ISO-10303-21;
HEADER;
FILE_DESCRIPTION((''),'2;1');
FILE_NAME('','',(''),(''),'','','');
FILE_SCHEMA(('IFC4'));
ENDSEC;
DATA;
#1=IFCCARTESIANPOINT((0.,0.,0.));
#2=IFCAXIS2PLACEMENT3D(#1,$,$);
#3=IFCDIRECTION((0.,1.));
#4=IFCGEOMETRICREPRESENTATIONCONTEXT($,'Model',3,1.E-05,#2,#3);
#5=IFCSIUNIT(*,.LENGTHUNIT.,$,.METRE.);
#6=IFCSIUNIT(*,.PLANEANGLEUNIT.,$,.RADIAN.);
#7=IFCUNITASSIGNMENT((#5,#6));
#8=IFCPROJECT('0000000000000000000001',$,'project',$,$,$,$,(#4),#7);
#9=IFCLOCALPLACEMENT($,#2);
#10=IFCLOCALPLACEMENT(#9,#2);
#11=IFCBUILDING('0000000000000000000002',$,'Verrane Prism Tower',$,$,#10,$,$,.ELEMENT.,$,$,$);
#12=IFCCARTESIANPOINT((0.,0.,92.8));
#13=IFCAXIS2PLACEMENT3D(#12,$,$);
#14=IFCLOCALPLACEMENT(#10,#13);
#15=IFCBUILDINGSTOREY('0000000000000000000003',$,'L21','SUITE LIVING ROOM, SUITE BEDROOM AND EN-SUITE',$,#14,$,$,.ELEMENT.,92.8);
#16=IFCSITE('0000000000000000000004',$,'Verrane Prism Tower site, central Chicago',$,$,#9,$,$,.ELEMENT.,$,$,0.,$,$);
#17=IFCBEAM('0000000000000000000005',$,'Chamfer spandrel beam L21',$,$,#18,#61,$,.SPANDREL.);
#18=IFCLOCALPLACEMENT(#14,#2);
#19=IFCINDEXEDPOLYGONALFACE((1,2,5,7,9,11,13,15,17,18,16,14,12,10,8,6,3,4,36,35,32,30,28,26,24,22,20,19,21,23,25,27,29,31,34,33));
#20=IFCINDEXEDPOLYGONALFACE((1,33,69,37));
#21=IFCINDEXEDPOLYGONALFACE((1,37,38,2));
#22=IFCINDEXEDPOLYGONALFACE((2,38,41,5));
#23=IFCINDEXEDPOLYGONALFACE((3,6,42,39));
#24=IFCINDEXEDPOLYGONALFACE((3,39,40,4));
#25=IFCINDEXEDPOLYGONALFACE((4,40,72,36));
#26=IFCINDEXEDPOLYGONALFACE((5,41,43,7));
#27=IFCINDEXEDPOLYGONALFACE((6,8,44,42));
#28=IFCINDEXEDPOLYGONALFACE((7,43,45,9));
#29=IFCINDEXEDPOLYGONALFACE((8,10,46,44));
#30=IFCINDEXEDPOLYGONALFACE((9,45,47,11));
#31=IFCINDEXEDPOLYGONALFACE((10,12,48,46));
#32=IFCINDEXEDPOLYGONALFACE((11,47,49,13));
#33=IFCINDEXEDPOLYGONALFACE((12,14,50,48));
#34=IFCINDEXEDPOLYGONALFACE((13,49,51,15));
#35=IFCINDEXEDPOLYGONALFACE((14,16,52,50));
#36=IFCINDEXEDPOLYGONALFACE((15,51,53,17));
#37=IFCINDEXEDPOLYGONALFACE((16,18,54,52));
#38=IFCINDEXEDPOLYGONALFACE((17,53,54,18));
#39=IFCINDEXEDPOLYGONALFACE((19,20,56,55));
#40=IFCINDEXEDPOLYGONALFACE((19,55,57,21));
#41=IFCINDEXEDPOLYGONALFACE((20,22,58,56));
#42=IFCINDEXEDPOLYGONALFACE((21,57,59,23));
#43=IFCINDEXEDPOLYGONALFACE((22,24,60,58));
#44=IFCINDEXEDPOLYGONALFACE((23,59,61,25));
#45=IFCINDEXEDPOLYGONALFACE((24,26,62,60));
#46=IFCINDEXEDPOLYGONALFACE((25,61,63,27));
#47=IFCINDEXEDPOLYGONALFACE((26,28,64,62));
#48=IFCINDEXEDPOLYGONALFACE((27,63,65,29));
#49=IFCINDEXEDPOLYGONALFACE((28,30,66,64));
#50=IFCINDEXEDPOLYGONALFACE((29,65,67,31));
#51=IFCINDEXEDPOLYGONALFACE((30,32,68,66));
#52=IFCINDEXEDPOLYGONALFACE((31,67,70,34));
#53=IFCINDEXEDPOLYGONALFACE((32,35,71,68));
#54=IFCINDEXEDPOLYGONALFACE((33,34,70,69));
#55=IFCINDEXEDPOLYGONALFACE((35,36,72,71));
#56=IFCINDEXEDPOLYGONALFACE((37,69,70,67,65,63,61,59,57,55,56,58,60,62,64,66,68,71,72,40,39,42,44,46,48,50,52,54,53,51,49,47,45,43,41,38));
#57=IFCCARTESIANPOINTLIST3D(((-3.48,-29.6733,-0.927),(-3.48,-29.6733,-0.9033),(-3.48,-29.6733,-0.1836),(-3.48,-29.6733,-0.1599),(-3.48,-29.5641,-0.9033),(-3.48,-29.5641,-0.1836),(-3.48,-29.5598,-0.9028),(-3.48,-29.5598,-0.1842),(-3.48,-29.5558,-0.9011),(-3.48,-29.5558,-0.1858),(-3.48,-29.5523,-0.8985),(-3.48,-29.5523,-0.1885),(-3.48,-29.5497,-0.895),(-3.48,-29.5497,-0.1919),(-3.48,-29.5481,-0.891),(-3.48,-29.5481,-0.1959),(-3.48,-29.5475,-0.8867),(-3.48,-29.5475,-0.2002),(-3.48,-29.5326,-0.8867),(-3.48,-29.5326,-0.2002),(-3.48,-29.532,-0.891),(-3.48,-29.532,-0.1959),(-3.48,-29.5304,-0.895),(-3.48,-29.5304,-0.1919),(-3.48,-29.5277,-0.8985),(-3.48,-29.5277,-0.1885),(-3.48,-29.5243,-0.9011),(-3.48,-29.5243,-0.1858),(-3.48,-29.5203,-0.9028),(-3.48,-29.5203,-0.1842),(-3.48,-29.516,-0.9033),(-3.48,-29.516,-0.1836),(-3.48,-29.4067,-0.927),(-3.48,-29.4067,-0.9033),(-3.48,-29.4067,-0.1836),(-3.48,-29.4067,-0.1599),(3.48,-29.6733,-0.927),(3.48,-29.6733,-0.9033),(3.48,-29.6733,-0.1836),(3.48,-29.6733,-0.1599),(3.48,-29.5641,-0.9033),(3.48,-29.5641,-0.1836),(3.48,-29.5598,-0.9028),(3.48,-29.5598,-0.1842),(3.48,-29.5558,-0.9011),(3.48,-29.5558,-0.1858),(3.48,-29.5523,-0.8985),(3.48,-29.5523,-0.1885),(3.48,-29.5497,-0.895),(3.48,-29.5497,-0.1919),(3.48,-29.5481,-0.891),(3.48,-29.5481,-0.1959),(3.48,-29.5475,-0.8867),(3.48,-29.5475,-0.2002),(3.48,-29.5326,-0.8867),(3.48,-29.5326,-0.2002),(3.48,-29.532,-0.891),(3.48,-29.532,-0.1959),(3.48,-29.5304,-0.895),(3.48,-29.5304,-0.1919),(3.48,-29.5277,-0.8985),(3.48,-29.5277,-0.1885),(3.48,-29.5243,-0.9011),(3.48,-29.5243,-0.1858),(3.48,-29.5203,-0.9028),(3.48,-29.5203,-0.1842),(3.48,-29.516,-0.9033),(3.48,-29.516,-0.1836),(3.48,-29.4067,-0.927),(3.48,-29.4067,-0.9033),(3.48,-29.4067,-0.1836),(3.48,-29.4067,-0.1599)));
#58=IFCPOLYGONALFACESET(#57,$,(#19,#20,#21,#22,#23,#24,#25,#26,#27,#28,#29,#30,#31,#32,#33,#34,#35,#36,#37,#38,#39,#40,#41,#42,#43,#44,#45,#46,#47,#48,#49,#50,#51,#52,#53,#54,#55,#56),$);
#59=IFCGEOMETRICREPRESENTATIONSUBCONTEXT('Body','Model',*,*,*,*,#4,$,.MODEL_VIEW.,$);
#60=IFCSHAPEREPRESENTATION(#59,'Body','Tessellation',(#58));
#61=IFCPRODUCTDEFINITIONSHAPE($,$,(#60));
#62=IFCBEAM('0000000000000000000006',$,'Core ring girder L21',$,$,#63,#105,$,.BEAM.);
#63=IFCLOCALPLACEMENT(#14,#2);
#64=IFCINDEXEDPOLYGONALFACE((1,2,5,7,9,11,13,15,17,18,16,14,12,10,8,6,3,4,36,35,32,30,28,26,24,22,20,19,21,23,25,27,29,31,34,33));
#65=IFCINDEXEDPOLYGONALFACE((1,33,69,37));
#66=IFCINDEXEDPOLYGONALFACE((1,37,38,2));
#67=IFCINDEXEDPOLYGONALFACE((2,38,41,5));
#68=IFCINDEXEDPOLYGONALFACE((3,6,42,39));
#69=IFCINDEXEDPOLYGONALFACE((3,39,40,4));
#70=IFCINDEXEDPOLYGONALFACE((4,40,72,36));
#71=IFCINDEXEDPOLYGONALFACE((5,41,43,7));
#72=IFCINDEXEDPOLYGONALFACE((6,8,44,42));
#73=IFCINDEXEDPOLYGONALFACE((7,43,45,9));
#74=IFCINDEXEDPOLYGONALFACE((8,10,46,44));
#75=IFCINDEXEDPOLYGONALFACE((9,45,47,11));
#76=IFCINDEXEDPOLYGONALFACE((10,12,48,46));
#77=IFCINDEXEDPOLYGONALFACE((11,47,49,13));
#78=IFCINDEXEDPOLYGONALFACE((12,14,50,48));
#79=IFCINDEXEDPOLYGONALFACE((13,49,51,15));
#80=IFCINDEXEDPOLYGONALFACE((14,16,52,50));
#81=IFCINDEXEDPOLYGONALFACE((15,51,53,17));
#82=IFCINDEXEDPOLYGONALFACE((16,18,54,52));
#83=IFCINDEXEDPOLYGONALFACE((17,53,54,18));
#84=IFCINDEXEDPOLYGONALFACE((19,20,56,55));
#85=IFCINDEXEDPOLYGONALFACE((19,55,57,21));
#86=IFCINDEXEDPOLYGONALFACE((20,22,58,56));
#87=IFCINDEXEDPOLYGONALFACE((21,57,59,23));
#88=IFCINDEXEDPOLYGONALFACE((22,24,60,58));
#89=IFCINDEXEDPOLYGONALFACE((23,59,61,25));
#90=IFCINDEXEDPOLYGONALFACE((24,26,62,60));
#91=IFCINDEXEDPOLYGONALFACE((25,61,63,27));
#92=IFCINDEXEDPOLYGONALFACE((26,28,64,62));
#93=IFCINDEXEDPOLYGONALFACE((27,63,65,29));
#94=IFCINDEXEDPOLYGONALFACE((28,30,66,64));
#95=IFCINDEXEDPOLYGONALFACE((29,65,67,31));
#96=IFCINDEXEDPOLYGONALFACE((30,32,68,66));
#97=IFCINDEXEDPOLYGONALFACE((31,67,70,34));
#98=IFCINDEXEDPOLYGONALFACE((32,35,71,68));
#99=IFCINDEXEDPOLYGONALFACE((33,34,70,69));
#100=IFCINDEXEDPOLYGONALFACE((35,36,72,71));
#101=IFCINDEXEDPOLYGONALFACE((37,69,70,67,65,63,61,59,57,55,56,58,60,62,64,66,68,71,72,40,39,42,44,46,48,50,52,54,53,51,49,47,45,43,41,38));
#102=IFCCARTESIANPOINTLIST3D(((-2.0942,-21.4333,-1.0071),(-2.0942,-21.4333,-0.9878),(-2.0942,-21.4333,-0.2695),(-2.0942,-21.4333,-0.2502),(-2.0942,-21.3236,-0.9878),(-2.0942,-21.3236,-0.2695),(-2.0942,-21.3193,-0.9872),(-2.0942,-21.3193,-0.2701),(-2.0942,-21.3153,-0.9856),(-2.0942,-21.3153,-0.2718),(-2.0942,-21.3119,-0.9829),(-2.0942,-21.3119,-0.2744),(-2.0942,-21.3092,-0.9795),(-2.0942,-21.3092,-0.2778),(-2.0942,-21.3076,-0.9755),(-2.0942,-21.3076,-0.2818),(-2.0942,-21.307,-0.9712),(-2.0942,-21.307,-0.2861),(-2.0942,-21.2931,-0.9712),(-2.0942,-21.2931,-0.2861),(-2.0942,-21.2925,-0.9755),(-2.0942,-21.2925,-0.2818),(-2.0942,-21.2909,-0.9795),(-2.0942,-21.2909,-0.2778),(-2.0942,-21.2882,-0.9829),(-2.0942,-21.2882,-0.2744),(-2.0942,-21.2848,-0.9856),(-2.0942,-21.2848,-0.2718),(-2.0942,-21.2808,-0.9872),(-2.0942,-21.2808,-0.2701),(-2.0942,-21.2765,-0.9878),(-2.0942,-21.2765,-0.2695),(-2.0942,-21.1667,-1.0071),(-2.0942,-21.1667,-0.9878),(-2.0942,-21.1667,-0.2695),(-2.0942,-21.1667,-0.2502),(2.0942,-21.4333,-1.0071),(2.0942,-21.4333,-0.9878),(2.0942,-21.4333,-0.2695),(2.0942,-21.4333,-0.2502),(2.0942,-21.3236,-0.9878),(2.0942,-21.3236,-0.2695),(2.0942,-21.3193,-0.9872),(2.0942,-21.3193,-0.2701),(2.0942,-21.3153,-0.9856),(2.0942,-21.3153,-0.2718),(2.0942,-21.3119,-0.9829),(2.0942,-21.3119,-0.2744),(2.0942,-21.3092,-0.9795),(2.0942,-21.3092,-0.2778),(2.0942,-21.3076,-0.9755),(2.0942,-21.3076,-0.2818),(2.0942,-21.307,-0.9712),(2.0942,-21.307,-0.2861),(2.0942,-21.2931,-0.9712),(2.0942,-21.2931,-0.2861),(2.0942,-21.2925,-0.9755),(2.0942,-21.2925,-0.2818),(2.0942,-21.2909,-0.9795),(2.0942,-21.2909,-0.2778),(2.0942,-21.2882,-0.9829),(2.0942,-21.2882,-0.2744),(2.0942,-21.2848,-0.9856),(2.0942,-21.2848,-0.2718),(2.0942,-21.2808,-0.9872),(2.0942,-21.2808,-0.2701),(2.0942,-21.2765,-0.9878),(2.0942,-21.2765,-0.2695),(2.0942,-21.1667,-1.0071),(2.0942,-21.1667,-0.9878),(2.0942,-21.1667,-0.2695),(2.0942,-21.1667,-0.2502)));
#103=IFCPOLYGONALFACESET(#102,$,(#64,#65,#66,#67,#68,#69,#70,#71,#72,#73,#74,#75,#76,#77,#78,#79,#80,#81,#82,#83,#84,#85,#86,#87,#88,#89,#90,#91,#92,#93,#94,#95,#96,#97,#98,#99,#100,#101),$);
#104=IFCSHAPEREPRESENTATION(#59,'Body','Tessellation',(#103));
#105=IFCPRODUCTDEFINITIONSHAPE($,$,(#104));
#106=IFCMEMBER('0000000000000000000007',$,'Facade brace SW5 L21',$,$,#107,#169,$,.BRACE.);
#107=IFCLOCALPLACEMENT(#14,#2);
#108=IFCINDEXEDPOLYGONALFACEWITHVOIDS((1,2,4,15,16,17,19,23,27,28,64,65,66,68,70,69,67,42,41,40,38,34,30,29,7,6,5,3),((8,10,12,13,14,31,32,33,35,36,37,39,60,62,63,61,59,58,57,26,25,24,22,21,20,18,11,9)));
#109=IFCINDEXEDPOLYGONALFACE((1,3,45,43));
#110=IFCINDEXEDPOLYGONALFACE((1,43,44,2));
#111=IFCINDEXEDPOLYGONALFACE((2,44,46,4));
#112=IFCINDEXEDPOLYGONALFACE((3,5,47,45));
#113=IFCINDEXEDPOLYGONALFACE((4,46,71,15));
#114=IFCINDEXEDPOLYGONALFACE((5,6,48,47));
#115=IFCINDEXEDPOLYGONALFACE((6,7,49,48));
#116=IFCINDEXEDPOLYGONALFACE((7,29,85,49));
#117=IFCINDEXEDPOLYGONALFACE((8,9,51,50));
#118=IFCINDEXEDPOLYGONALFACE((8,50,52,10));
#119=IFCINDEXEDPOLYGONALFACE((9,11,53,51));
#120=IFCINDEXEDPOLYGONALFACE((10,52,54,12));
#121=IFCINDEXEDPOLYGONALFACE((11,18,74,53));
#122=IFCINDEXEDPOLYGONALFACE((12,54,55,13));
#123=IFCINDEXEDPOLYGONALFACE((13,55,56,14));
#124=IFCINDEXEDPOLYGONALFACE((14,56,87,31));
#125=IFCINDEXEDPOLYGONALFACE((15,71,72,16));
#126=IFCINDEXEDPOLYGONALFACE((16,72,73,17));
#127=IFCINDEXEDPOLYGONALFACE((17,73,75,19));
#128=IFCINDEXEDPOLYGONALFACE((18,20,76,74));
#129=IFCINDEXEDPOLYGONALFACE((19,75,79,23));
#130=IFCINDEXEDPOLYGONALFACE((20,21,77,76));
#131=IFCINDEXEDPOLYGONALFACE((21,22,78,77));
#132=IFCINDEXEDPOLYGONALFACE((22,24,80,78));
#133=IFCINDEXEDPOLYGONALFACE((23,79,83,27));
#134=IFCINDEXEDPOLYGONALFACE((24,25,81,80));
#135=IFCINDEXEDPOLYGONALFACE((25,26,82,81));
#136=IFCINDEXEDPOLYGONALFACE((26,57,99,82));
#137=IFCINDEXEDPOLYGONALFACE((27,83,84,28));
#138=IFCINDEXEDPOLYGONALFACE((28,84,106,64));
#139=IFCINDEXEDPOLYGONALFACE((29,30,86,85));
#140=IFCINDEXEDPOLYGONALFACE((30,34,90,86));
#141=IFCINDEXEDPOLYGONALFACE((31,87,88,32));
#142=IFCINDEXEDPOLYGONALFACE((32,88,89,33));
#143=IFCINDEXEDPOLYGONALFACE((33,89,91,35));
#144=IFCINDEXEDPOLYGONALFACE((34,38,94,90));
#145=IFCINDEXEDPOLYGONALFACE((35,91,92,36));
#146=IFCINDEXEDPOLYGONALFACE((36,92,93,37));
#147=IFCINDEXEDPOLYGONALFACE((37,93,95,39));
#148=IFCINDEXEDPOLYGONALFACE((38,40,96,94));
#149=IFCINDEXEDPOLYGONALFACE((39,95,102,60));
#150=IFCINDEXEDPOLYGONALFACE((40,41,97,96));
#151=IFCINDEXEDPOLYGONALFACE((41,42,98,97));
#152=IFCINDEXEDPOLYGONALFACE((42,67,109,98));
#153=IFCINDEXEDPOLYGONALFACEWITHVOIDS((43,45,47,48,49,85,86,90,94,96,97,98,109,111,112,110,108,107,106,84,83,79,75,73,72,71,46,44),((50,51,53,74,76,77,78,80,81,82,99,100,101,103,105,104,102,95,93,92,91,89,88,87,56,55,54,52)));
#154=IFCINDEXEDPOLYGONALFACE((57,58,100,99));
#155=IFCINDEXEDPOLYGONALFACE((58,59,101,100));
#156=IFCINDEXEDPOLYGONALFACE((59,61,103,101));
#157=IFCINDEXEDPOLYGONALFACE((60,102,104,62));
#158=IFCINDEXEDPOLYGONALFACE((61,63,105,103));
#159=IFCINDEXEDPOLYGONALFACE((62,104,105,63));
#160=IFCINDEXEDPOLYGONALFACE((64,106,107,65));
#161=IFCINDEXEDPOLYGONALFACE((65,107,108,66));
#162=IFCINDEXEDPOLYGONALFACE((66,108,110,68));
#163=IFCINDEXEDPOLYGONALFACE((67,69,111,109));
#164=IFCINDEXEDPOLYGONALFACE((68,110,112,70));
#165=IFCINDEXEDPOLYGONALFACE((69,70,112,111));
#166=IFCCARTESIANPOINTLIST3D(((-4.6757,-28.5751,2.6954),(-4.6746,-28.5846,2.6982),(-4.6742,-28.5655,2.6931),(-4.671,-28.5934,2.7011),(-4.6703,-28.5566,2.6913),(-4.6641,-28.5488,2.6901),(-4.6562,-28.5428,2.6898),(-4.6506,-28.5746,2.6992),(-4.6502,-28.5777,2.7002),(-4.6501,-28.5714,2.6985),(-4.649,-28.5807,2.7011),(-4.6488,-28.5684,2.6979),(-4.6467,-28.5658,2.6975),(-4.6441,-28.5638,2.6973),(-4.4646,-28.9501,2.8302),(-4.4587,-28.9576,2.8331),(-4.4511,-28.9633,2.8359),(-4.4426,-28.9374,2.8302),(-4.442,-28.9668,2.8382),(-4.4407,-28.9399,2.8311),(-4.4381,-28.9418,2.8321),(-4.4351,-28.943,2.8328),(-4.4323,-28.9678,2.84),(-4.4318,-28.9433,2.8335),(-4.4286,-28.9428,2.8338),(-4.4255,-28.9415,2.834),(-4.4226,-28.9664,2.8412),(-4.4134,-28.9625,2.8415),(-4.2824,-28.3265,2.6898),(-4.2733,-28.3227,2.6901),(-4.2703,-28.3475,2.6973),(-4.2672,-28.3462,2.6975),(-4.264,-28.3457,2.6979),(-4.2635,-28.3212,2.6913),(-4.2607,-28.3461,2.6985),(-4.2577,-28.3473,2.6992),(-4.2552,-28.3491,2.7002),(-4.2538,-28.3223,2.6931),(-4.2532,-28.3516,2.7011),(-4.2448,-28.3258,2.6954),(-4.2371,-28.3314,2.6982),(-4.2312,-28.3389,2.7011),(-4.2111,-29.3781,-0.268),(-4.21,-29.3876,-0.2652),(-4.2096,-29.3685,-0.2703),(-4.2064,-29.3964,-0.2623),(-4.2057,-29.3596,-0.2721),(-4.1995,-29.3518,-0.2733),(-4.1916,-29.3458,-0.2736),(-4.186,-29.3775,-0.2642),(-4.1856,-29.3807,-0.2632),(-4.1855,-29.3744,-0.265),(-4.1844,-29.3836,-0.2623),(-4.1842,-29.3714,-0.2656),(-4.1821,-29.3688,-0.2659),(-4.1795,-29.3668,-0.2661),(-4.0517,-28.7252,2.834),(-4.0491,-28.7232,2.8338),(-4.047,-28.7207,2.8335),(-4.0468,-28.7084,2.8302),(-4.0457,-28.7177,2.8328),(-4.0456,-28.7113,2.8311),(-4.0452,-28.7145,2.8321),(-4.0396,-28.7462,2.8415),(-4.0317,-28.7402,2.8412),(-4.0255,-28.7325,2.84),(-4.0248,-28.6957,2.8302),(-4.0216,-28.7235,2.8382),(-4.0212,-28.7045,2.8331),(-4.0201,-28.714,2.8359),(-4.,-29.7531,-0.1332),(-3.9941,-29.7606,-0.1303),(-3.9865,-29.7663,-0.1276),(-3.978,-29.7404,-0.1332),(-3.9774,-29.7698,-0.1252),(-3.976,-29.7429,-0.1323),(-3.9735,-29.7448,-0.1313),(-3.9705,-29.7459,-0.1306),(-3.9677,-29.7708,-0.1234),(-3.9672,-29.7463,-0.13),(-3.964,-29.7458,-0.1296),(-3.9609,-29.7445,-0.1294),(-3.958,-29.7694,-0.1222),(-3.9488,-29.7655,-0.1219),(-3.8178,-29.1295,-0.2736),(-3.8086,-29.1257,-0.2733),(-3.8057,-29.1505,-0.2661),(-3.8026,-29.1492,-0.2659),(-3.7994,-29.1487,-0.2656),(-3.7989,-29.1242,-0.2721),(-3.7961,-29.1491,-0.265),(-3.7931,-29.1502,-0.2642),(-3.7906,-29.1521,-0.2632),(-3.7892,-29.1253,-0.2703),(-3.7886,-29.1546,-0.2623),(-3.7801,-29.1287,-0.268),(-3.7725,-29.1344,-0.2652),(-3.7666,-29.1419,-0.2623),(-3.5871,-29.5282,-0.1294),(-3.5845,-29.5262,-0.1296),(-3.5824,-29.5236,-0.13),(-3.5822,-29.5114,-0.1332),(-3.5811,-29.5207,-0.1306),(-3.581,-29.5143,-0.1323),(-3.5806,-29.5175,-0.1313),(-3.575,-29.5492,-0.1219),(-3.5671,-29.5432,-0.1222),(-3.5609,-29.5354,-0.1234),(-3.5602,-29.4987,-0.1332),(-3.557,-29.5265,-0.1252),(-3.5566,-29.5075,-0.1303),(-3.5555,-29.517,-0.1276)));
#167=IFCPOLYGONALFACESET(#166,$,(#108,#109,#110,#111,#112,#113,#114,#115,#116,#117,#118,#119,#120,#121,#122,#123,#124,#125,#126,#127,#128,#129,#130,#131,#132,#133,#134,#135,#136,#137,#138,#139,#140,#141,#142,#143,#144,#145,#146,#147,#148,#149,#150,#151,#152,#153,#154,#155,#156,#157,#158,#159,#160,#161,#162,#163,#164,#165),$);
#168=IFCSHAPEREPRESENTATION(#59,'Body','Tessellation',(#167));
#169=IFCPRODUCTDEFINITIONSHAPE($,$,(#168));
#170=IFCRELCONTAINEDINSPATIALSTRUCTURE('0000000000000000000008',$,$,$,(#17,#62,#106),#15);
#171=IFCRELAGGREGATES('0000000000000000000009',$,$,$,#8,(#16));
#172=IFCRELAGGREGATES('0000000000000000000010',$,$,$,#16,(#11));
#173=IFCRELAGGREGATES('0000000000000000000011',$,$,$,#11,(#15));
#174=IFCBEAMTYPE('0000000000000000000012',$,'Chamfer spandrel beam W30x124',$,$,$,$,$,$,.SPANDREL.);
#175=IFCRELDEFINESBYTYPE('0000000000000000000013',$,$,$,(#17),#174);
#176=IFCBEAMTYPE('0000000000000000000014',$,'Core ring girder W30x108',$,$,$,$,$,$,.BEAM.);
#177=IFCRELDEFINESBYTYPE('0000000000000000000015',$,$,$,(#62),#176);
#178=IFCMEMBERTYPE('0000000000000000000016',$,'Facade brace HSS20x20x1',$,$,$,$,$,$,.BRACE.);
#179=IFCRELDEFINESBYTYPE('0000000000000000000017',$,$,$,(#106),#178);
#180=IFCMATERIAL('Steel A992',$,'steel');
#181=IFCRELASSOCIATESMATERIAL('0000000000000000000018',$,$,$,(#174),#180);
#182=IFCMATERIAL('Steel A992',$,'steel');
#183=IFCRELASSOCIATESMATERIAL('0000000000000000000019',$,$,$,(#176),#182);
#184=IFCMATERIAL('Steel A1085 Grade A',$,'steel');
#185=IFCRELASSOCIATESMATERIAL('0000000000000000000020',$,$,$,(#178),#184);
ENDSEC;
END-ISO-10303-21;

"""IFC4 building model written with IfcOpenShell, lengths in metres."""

from ifc_helpers import new_model, si_unit, direction, frame, origin, origin_2d, place, context, subcontext, project, spatial, hollow_rectangle, i_section, extrude, material, material_profile, profile_set, type_object, element, save


model = new_model("IFC4")

# Units and contexts
model_context = context("Model", 3, precision=1e-05, world=origin(), true_north=direction((0.0, 1.0)))
body_context = subcontext(model_context, "Body", "Model", "MODEL_VIEW")
ifc_project = project(units=[si_unit("LENGTHUNIT", "METRE"), si_unit("PLANEANGLEUNIT", "RADIAN")], contexts=[model_context])

# Site, building, storey
site_placement = place(None, origin())
site = spatial("IfcSite", under=ifc_project, at=site_placement, Name="Verrane Prism Tower site, central Chicago", CompositionType="ELEMENT", RefElevation=0.0)
building_placement = place(site_placement, origin())
building = spatial("IfcBuilding", under=site, at=building_placement, Name="Verrane Prism Tower", CompositionType="ELEMENT")
storey_placement = place(building_placement, frame((0.0, 0.0, 92.8)))
storey = spatial("IfcBuildingStorey", under=building, at=storey_placement, Name="L21", Description="SUITE LIVING ROOM, SUITE BEDROOM AND EN-SUITE", CompositionType="ELEMENT", Elevation=92.8)

# Beams
ifc_material_1 = material(Name="Steel A992", Category="steel")
ifc_material_profile_1 = material_profile(ifc_material_1, i_section(OverallWidth=0.2666, OverallDepth=0.7671, WebThickness=0.0149, FlangeThickness=0.0237, FilletRadius=0.0166, at=origin_2d()), Name="W30x124")
ifc_profile_set_1 = profile_set([ifc_material_profile_1], Name="Steel A992")
beam_type_1 = type_object("IfcBeamType", Name="Chamfer spandrel beam W30x124", PredefinedType="SPANDREL", material=ifc_profile_set_1)
beam_1_placement = place(storey_placement, frame((-3.48, -29.54, -0.5435), z_axis=(1.0, 0.0, 0.0), x_axis=(0.0, 1.0, 0.0)))
element("IfcBeam", 1, at=beam_1_placement, inside=storey, type_object=beam_type_1, Name="Chamfer spandrel beam L21", PredefinedType="SPANDREL", context=body_context, shape_type="SweptSolid", body=[
    extrude(i_section(OverallWidth=0.2666, OverallDepth=0.7671, WebThickness=0.0149, FlangeThickness=0.0237, FilletRadius=0.0166, at=origin_2d()), origin(), (0.0, 0.0, 1.0), 6.96),
])
ifc_material_2 = material(Name="Steel A992", Category="steel")
ifc_material_profile_2 = material_profile(ifc_material_2, i_section(OverallWidth=0.2666, OverallDepth=0.7568, WebThickness=0.0139, FlangeThickness=0.0193, FilletRadius=0.0166, at=origin_2d()), Name="W30x108")
ifc_profile_set_2 = profile_set([ifc_material_profile_2], Name="Steel A992")
beam_type_2 = type_object("IfcBeamType", Name="Core ring girder W30x108", PredefinedType="BEAM", material=ifc_profile_set_2)
beam_2_placement = place(storey_placement, frame((-2.0942, -21.3, -0.6287), z_axis=(1.0, 0.0, 0.0), x_axis=(0.0, 1.0, 0.0)))
element("IfcBeam", 2, at=beam_2_placement, inside=storey, type_object=beam_type_2, Name="Core ring girder L21", PredefinedType="BEAM", context=body_context, shape_type="SweptSolid", body=[
    extrude(i_section(OverallWidth=0.2666, OverallDepth=0.7568, WebThickness=0.0139, FlangeThickness=0.0193, FilletRadius=0.0166, at=origin_2d()), origin(), (0.0, 0.0, 1.0), 4.1885),
])

# Member
ifc_material_3 = material(Name="Steel A1085 Grade A", Category="steel")
ifc_material_profile_3 = material_profile(ifc_material_3, hollow_rectangle(XDim=0.5081, YDim=0.5081, WallThickness=0.0254, InnerFilletRadius=0.0127, OuterFilletRadius=0.0381, at=origin_2d()), Name="HSS20x20x1")
ifc_profile_set_3 = profile_set([ifc_material_profile_3], Name="Steel A1085 Grade A")
member_type_1 = type_object("IfcMemberType", Name="Facade brace HSS20x20x1", PredefinedType="BRACE", material=ifc_profile_set_3)
member_1_placement = place(storey_placement, frame((-3.8833, -29.4475, -0.1978), z_axis=(-0.14962, 0.258592, 0.954329), x_axis=(-0.865558, -0.500808, 0.0)))
element("IfcMember", 3, at=member_1_placement, inside=storey, type_object=member_type_1, Name="Facade brace SW5 L21", PredefinedType="BRACE", context=body_context, shape_type="SweptSolid", body=[
    extrude(hollow_rectangle(XDim=0.5081, YDim=0.5081, WallThickness=0.0254, InnerFilletRadius=0.0127, OuterFilletRadius=0.0381, at=origin_2d()), origin(), (0.0, 0.0, 1.0), 3.1052),
])

save(model, "model.ifc")
